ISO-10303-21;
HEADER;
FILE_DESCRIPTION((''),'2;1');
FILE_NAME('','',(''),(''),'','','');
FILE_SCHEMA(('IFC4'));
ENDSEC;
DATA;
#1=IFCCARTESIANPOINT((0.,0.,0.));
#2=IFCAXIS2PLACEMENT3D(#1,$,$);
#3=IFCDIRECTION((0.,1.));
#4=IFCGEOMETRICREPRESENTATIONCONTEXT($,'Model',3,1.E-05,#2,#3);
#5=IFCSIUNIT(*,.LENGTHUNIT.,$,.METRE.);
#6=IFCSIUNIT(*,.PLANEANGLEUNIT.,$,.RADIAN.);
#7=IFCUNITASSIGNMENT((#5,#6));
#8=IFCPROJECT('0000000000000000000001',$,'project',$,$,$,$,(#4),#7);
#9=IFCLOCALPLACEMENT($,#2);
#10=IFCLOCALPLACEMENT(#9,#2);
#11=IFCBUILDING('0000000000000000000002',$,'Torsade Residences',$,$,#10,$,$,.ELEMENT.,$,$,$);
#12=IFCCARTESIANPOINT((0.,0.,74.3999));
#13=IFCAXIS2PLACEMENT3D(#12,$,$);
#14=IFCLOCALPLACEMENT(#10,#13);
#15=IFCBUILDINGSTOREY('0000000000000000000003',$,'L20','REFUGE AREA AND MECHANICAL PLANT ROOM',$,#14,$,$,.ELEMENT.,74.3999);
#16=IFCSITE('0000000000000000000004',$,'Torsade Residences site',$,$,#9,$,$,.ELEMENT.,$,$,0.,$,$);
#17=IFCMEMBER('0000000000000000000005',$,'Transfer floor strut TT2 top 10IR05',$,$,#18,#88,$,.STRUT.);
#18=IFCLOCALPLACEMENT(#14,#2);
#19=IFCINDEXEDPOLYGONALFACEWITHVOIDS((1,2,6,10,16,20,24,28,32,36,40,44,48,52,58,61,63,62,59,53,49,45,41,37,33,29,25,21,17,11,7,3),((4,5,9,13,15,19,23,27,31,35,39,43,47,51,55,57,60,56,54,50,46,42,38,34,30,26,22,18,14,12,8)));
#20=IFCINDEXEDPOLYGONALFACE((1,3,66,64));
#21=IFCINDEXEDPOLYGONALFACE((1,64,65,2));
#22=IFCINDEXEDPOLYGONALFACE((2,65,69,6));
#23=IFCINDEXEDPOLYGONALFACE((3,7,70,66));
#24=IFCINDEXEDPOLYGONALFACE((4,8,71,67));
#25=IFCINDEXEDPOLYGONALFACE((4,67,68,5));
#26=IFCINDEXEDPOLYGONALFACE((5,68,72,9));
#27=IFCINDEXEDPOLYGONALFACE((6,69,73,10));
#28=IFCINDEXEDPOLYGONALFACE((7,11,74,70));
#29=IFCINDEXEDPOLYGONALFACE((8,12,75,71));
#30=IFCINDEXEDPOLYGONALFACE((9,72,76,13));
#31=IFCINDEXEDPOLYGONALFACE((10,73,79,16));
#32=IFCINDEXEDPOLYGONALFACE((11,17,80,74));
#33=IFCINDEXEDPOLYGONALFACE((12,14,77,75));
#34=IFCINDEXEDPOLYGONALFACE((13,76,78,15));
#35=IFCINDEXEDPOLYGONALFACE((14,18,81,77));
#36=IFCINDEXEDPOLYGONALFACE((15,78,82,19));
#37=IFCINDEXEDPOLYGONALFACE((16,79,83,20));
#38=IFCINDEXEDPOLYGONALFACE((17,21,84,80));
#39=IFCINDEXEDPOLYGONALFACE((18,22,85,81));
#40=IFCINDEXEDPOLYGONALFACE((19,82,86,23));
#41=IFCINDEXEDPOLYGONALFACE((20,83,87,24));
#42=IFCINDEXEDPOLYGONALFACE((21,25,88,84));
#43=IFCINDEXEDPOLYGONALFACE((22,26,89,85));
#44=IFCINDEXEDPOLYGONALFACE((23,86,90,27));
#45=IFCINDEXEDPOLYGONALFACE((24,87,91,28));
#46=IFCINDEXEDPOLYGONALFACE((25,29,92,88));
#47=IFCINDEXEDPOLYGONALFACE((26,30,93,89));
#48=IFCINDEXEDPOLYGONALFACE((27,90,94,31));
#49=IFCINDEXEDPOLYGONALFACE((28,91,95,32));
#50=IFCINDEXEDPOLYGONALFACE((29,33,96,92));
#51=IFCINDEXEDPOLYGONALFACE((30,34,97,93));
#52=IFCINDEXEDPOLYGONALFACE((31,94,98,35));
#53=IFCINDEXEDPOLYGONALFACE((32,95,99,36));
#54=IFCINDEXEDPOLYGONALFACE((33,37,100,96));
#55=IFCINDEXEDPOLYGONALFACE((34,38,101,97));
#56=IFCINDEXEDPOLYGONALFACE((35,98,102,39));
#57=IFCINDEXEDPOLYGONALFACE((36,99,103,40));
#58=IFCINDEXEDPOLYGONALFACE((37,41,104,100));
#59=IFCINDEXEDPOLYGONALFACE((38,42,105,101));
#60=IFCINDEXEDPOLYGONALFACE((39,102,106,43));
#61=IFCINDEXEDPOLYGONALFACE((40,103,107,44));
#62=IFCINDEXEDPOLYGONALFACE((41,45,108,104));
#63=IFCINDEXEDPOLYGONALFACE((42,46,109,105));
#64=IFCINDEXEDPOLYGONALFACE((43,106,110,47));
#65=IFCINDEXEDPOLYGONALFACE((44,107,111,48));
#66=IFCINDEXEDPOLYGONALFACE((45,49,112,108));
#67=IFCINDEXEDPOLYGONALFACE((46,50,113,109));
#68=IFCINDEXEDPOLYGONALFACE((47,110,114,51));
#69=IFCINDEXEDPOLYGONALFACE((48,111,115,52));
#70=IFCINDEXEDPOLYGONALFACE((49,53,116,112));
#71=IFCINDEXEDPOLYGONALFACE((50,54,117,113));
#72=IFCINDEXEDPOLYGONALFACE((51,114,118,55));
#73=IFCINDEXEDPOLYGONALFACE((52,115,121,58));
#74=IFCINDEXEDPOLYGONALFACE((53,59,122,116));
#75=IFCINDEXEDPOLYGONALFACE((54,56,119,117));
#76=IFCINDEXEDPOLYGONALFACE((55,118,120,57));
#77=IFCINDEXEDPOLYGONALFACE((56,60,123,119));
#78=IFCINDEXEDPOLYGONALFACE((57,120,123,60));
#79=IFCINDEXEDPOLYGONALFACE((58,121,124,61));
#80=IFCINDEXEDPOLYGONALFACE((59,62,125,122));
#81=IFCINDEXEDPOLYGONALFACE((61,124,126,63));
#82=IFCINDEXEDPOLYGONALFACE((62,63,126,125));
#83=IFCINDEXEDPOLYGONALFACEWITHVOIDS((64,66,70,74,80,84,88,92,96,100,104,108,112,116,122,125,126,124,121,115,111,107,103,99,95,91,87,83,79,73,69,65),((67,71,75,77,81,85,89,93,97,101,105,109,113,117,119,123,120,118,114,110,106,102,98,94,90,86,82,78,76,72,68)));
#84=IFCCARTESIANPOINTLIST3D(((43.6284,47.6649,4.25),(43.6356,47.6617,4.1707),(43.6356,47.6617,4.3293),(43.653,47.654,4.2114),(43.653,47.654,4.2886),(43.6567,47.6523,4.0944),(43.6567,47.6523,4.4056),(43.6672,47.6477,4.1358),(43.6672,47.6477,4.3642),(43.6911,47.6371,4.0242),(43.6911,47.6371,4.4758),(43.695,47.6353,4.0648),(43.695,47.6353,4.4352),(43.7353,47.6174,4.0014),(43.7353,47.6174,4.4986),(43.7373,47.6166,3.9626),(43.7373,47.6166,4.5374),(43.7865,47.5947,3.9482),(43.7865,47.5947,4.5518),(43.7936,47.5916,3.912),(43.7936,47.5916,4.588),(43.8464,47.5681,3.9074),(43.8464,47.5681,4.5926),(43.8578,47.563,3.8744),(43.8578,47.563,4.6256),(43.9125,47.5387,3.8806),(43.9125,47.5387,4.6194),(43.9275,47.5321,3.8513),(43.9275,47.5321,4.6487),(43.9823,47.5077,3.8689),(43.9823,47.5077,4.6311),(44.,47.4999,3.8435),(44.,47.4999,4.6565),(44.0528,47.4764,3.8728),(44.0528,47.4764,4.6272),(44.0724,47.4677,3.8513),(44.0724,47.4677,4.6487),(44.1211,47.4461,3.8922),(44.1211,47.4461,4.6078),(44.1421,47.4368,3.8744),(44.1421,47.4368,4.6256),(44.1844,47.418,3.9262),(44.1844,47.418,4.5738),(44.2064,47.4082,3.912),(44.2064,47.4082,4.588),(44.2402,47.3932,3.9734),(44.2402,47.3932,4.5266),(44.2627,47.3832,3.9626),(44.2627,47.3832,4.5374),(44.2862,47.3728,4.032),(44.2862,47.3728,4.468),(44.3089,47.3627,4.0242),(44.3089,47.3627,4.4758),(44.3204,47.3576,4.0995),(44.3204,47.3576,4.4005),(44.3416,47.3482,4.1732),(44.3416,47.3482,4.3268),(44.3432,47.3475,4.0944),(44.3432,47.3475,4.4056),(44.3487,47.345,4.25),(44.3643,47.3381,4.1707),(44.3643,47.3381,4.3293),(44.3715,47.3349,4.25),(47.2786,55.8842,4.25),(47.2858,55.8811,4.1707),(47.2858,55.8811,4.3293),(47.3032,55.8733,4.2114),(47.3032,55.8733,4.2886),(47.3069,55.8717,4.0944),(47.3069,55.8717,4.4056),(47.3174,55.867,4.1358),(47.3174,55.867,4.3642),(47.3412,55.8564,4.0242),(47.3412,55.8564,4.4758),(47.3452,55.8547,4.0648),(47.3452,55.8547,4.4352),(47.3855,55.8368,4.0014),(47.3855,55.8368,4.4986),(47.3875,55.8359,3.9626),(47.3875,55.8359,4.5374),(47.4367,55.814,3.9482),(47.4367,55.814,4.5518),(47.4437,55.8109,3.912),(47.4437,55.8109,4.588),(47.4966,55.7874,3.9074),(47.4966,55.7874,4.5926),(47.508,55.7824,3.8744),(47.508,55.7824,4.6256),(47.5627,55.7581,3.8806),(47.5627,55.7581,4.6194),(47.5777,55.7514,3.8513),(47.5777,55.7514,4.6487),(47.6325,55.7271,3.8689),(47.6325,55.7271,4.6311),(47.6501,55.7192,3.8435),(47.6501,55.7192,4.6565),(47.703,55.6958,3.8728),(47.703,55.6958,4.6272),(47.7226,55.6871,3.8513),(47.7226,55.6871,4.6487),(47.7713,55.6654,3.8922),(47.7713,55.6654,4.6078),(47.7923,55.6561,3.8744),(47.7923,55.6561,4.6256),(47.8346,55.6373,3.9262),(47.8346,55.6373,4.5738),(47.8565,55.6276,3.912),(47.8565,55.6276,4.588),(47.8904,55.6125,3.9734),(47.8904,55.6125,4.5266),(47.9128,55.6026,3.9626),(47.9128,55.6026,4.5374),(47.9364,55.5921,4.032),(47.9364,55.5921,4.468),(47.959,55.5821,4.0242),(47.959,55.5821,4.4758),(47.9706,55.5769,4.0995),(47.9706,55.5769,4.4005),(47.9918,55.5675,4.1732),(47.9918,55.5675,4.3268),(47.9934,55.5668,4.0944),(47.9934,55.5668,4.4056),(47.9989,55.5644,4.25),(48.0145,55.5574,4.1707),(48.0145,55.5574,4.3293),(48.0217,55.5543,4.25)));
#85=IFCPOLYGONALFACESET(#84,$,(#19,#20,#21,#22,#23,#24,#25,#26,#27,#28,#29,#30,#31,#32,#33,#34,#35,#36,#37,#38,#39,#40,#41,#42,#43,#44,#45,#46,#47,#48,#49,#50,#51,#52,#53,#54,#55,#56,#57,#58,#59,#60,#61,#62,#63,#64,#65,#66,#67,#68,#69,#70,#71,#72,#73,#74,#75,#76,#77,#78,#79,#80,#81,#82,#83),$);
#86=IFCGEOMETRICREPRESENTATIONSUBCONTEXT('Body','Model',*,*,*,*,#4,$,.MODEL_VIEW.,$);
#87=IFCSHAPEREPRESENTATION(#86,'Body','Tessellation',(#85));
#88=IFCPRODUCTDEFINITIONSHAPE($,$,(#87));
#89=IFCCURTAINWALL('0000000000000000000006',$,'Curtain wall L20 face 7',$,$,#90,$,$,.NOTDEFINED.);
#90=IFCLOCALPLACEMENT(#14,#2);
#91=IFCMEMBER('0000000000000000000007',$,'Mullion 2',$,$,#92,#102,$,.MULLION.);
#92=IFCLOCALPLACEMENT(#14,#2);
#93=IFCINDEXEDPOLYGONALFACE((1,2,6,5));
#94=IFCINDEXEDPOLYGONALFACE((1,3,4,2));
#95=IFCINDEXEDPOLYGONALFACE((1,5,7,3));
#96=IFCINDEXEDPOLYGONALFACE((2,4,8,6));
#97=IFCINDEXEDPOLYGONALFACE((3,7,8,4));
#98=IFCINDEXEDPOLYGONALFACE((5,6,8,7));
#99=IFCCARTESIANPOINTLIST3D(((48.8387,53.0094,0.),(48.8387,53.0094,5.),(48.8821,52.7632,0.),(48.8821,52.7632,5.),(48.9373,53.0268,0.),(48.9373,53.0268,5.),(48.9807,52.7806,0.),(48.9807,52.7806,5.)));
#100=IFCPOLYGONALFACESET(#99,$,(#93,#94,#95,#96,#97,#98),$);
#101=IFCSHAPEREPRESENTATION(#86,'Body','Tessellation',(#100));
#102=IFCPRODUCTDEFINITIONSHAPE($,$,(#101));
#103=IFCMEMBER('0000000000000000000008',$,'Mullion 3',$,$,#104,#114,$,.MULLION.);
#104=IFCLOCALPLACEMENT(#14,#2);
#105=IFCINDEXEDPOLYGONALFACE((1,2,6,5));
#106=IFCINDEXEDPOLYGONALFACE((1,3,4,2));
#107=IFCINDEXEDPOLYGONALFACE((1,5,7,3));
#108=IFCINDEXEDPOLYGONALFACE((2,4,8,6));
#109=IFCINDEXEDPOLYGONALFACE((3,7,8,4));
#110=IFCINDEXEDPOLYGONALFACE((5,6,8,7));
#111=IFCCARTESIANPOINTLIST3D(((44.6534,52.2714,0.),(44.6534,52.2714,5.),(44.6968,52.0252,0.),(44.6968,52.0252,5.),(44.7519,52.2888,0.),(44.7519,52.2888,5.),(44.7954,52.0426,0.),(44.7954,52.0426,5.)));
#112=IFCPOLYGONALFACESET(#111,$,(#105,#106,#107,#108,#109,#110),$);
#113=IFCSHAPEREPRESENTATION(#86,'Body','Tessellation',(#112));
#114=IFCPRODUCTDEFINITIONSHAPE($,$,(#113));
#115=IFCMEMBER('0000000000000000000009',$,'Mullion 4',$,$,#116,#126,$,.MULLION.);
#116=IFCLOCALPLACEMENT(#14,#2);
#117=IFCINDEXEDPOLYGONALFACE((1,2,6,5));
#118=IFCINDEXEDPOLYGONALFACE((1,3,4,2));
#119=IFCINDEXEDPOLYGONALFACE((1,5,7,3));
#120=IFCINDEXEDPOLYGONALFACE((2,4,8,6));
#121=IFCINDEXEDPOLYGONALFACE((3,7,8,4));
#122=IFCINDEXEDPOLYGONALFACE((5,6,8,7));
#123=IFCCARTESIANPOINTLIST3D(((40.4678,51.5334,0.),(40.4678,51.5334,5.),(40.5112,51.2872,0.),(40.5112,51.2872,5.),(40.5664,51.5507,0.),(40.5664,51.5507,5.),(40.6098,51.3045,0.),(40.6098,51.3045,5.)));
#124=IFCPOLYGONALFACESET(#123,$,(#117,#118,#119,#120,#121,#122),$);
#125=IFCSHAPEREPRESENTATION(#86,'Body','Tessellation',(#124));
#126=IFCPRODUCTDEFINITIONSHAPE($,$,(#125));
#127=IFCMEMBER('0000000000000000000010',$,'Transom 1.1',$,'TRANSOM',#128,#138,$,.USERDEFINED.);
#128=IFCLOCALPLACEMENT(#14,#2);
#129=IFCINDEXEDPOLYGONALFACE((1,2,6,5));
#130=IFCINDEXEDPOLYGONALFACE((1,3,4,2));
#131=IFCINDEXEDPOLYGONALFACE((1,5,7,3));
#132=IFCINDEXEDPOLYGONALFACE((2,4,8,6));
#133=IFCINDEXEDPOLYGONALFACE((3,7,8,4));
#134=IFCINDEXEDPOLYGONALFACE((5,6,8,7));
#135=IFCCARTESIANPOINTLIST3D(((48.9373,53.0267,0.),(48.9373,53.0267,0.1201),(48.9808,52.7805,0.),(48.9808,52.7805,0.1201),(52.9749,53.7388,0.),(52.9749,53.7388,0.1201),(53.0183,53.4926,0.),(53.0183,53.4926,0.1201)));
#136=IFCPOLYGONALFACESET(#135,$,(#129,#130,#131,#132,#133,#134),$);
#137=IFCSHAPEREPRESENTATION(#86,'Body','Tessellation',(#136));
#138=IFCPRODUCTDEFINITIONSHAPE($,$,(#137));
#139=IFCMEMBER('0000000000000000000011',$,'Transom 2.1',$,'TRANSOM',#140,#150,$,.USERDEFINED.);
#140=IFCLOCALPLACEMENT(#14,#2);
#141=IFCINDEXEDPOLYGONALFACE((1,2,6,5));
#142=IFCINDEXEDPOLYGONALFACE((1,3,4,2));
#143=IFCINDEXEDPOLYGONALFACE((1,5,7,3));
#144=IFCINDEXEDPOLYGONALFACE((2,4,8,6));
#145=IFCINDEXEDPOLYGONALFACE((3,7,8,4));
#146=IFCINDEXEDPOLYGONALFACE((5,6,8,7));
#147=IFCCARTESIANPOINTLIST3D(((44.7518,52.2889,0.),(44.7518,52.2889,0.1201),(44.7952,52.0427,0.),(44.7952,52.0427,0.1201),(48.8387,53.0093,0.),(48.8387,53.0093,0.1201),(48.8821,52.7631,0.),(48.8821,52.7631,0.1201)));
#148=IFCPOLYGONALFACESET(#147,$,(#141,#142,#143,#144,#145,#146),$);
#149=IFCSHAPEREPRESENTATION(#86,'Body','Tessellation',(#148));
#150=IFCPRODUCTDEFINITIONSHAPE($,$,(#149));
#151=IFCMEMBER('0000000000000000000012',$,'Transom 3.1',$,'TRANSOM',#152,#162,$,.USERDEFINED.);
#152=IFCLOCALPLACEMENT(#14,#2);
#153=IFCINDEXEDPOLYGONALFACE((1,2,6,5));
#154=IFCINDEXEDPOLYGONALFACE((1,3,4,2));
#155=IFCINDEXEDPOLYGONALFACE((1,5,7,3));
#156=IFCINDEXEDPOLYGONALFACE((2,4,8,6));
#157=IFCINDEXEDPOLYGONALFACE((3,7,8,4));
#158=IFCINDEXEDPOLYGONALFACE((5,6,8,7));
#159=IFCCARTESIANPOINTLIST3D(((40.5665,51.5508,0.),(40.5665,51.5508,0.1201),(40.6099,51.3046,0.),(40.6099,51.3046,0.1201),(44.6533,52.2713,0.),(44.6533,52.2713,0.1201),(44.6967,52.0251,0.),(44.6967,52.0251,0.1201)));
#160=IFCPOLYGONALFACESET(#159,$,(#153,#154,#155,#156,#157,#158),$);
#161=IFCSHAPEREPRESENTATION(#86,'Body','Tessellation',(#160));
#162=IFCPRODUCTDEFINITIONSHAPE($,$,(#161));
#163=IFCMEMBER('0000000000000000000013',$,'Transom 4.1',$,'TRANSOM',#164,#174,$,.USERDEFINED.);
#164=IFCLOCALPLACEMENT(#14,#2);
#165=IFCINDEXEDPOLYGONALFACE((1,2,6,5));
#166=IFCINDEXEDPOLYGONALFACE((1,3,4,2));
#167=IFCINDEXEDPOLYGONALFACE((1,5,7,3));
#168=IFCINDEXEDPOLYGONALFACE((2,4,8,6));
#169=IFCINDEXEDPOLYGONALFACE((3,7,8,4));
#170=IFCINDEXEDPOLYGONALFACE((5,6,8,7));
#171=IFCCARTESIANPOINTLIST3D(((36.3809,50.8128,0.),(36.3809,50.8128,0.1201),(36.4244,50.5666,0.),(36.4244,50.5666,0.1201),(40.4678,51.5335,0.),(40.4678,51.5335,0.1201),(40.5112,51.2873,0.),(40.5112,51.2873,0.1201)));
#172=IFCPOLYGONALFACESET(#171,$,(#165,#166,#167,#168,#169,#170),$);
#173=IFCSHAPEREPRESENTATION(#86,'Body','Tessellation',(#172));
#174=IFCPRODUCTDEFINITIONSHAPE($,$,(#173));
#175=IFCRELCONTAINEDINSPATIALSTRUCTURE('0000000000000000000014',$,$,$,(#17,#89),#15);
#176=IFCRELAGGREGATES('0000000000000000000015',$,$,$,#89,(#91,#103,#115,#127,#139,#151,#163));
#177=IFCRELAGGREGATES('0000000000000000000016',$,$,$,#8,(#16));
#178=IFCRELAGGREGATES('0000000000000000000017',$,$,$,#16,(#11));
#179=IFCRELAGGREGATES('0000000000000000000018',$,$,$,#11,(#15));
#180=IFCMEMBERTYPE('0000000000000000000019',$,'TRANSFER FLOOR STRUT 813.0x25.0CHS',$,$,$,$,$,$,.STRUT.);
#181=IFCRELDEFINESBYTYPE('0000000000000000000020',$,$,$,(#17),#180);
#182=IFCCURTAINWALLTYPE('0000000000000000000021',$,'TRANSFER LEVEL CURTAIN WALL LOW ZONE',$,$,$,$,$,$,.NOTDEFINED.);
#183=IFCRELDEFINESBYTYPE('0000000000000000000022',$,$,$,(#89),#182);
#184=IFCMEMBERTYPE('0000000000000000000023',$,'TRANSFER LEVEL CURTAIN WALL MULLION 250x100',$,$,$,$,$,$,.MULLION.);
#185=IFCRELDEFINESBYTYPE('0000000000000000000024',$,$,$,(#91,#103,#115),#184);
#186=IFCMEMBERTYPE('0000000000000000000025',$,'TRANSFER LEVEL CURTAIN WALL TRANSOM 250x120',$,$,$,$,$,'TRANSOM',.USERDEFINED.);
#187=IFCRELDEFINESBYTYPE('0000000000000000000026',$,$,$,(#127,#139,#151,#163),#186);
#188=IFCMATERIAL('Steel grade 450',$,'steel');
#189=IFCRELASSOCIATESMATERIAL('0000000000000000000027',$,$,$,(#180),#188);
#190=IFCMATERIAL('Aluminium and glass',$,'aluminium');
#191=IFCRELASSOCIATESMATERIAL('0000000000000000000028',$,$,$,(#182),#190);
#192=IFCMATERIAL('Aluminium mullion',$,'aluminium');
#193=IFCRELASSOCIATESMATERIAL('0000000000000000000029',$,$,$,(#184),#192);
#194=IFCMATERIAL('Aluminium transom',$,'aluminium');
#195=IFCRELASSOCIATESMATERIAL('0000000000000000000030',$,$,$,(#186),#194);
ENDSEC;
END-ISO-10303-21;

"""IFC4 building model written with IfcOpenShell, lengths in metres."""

from ifc_helpers import new_model, si_unit, direction, frame, origin, origin_2d, place, context, subcontext, project, spatial, rectangle, hollow_circle, extrude, material, material_profile, profile_set, type_object, element, aggregate, save


model = new_model("IFC4")

# Units and contexts
model_context = context("Model", 3, precision=1e-05, world=origin(), true_north=direction((0.0, 1.0)))
body_context = subcontext(model_context, "Body", "Model", "MODEL_VIEW")
ifc_project = project(units=[si_unit("LENGTHUNIT", "METRE"), si_unit("PLANEANGLEUNIT", "RADIAN")], contexts=[model_context])

# Site, building, storey
site_placement = place(None, origin())
site = spatial("IfcSite", under=ifc_project, at=site_placement, Name="Torsade Residences site", CompositionType="ELEMENT", RefElevation=0.0)
building_placement = place(site_placement, origin())
building = spatial("IfcBuilding", under=site, at=building_placement, Name="Torsade Residences", CompositionType="ELEMENT")
storey_placement = place(building_placement, frame((0.0, 0.0, 74.3999)))
storey = spatial("IfcBuildingStorey", under=building, at=storey_placement, Name="L20", Description="REFUGE AREA AND MECHANICAL PLANT ROOM", CompositionType="ELEMENT", Elevation=74.3999)

# Member
ifc_material_1 = material(Name="Steel grade 450", Category="steel")
ifc_material_profile_1 = material_profile(ifc_material_1, hollow_circle(Radius=0.4065, WallThickness=0.0249, at=origin_2d()), Name="813.0x25.0CHS")
ifc_profile_set_1 = profile_set([ifc_material_profile_1], Name="Steel grade 450")
member_type_1 = type_object("IfcMemberType", Name="TRANSFER FLOOR STRUT 813.0x25.0CHS", PredefinedType="STRUT", material=ifc_profile_set_1)
member_1_placement = place(storey_placement, frame((47.6501, 55.7192, 4.25), z_axis=(-0.405874, -0.913929, 0.0), x_axis=(0.913929, -0.405874, 0.0)))
element("IfcMember", 1, at=member_1_placement, inside=storey, type_object=member_type_1, Name="Transfer floor strut TT2 top 10IR05", PredefinedType="STRUT", context=body_context, shape_type="SweptSolid", body=[
    extrude(hollow_circle(Radius=0.4065, WallThickness=0.0249, at=origin_2d()), origin(), (0.0, 0.0, 1.0), 8.9934),
])

# Curtain wall, members
ifc_material_2 = material(Name="Aluminium and glass", Category="aluminium")
curtain_wall_type = type_object("IfcCurtainWallType", Name="TRANSFER LEVEL CURTAIN WALL LOW ZONE", PredefinedType="NOTDEFINED", material=ifc_material_2)
curtain_wall_placement = place(storey_placement, origin())
curtain_wall = element("IfcCurtainWall", 2, at=curtain_wall_placement, inside=storey, type_object=curtain_wall_type, Name="Curtain wall L20 face 7", PredefinedType="NOTDEFINED")
ifc_material_3 = material(Name="Aluminium mullion", Category="aluminium")
ifc_material_profile_2 = material_profile(ifc_material_3, rectangle(XDim=0.25, YDim=0.1001, at=origin_2d()), Name="TRANSFER LEVEL CURTAIN WALL MULLION 250x100")
ifc_profile_set_2 = profile_set([ifc_material_profile_2], Name="Aluminium mullion")
member_type_2 = type_object("IfcMemberType", Name="TRANSFER LEVEL CURTAIN WALL MULLION 250x100", PredefinedType="MULLION", material=ifc_profile_set_2)
member_2_placement = place(storey_placement, frame((48.9097, 52.895, 0.0), z_axis=(0.0, 0.0, 1.0), x_axis=(0.173648, -0.984808, 0.0)))
member_2 = element("IfcMember", 3, at=member_2_placement, type_object=member_type_2, Name="Mullion 2", PredefinedType="MULLION", context=body_context, shape_type="SweptSolid", body=[
    extrude(rectangle(XDim=0.25, YDim=0.1001, at=origin_2d()), origin(), (0.0, 0.0, 1.0), 5.0),
])
member_3_placement = place(storey_placement, frame((44.7244, 52.157, 0.0), z_axis=(0.0, 0.0, 1.0), x_axis=(0.173648, -0.984808, 0.0)))
member_3 = element("IfcMember", 4, at=member_3_placement, type_object=member_type_2, Name="Mullion 3", PredefinedType="MULLION", context=body_context, shape_type="SweptSolid", body=[
    extrude(rectangle(XDim=0.25, YDim=0.1001, at=origin_2d()), origin(), (0.0, 0.0, 1.0), 5.0),
])
member_4_placement = place(storey_placement, frame((40.5388, 51.4189, 0.0), z_axis=(0.0, 0.0, 1.0), x_axis=(0.173648, -0.984808, 0.0)))
member_4 = element("IfcMember", 5, at=member_4_placement, type_object=member_type_2, Name="Mullion 4", PredefinedType="MULLION", context=body_context, shape_type="SweptSolid", body=[
    extrude(rectangle(XDim=0.25, YDim=0.1001, at=origin_2d()), origin(), (0.0, 0.0, 1.0), 5.0),
])
ifc_material_4 = material(Name="Aluminium transom", Category="aluminium")
ifc_material_profile_3 = material_profile(ifc_material_4, rectangle(XDim=0.25, YDim=0.1201, at=origin_2d()), Name="TRANSFER LEVEL CURTAIN WALL TRANSOM 250x120")
ifc_profile_set_3 = profile_set([ifc_material_profile_3], Name="Aluminium transom")
member_type_3 = type_object("IfcMemberType", Name="TRANSFER LEVEL CURTAIN WALL TRANSOM 250x120", ElementType="TRANSOM", PredefinedType="USERDEFINED", material=ifc_profile_set_3)
member_5_placement = place(storey_placement, frame((52.9966, 53.6157, 0.0601), z_axis=(-0.984799, -0.1737, 0.0), x_axis=(0.1737, -0.984799, 0.0)))
member_5 = element("IfcMember", 6, at=member_5_placement, type_object=member_type_3, Name="Transom 1.1", ObjectType="TRANSOM", PredefinedType="USERDEFINED", context=body_context, shape_type="SweptSolid", body=[
    extrude(rectangle(XDim=0.25, YDim=0.1201, at=origin_2d()), origin(), (0.0, 0.0, 1.0), 4.0999),
])
member_6_placement = place(storey_placement, frame((48.8604, 52.8862, 0.0601), z_axis=(-0.984815, -0.173607, 0.0), x_axis=(0.173607, -0.984815, 0.0)))
member_6 = element("IfcMember", 7, at=member_6_placement, type_object=member_type_3, Name="Transom 2.1", ObjectType="TRANSOM", PredefinedType="USERDEFINED", context=body_context, shape_type="SweptSolid", body=[
    extrude(rectangle(XDim=0.25, YDim=0.1201, at=origin_2d()), origin(), (0.0, 0.0, 1.0), 4.1499),
])
member_7_placement = place(storey_placement, frame((44.675, 52.1482, 0.0601), z_axis=(-0.984815, -0.173607, 0.0), x_axis=(0.173607, -0.984815, 0.0)))
member_7 = element("IfcMember", 8, at=member_7_placement, type_object=member_type_3, Name="Transom 3.1", ObjectType="TRANSOM", PredefinedType="USERDEFINED", context=body_context, shape_type="SweptSolid", body=[
    extrude(rectangle(XDim=0.25, YDim=0.1201, at=origin_2d()), origin(), (0.0, 0.0, 1.0), 4.1499),
])
member_8_placement = place(storey_placement, frame((40.4895, 51.4104, 0.0601), z_axis=(-0.984805, -0.173665, 0.0), x_axis=(0.173665, -0.984805, 0.0)))
member_8 = element("IfcMember", 9, at=member_8_placement, type_object=member_type_3, Name="Transom 4.1", ObjectType="TRANSOM", PredefinedType="USERDEFINED", context=body_context, shape_type="SweptSolid", body=[
    extrude(rectangle(XDim=0.25, YDim=0.1201, at=origin_2d()), origin(), (0.0, 0.0, 1.0), 4.1499),
])

aggregate(curtain_wall, [member_2, member_3, member_4, member_5, member_6, member_7, member_8])

save(model, "model.ifc")
